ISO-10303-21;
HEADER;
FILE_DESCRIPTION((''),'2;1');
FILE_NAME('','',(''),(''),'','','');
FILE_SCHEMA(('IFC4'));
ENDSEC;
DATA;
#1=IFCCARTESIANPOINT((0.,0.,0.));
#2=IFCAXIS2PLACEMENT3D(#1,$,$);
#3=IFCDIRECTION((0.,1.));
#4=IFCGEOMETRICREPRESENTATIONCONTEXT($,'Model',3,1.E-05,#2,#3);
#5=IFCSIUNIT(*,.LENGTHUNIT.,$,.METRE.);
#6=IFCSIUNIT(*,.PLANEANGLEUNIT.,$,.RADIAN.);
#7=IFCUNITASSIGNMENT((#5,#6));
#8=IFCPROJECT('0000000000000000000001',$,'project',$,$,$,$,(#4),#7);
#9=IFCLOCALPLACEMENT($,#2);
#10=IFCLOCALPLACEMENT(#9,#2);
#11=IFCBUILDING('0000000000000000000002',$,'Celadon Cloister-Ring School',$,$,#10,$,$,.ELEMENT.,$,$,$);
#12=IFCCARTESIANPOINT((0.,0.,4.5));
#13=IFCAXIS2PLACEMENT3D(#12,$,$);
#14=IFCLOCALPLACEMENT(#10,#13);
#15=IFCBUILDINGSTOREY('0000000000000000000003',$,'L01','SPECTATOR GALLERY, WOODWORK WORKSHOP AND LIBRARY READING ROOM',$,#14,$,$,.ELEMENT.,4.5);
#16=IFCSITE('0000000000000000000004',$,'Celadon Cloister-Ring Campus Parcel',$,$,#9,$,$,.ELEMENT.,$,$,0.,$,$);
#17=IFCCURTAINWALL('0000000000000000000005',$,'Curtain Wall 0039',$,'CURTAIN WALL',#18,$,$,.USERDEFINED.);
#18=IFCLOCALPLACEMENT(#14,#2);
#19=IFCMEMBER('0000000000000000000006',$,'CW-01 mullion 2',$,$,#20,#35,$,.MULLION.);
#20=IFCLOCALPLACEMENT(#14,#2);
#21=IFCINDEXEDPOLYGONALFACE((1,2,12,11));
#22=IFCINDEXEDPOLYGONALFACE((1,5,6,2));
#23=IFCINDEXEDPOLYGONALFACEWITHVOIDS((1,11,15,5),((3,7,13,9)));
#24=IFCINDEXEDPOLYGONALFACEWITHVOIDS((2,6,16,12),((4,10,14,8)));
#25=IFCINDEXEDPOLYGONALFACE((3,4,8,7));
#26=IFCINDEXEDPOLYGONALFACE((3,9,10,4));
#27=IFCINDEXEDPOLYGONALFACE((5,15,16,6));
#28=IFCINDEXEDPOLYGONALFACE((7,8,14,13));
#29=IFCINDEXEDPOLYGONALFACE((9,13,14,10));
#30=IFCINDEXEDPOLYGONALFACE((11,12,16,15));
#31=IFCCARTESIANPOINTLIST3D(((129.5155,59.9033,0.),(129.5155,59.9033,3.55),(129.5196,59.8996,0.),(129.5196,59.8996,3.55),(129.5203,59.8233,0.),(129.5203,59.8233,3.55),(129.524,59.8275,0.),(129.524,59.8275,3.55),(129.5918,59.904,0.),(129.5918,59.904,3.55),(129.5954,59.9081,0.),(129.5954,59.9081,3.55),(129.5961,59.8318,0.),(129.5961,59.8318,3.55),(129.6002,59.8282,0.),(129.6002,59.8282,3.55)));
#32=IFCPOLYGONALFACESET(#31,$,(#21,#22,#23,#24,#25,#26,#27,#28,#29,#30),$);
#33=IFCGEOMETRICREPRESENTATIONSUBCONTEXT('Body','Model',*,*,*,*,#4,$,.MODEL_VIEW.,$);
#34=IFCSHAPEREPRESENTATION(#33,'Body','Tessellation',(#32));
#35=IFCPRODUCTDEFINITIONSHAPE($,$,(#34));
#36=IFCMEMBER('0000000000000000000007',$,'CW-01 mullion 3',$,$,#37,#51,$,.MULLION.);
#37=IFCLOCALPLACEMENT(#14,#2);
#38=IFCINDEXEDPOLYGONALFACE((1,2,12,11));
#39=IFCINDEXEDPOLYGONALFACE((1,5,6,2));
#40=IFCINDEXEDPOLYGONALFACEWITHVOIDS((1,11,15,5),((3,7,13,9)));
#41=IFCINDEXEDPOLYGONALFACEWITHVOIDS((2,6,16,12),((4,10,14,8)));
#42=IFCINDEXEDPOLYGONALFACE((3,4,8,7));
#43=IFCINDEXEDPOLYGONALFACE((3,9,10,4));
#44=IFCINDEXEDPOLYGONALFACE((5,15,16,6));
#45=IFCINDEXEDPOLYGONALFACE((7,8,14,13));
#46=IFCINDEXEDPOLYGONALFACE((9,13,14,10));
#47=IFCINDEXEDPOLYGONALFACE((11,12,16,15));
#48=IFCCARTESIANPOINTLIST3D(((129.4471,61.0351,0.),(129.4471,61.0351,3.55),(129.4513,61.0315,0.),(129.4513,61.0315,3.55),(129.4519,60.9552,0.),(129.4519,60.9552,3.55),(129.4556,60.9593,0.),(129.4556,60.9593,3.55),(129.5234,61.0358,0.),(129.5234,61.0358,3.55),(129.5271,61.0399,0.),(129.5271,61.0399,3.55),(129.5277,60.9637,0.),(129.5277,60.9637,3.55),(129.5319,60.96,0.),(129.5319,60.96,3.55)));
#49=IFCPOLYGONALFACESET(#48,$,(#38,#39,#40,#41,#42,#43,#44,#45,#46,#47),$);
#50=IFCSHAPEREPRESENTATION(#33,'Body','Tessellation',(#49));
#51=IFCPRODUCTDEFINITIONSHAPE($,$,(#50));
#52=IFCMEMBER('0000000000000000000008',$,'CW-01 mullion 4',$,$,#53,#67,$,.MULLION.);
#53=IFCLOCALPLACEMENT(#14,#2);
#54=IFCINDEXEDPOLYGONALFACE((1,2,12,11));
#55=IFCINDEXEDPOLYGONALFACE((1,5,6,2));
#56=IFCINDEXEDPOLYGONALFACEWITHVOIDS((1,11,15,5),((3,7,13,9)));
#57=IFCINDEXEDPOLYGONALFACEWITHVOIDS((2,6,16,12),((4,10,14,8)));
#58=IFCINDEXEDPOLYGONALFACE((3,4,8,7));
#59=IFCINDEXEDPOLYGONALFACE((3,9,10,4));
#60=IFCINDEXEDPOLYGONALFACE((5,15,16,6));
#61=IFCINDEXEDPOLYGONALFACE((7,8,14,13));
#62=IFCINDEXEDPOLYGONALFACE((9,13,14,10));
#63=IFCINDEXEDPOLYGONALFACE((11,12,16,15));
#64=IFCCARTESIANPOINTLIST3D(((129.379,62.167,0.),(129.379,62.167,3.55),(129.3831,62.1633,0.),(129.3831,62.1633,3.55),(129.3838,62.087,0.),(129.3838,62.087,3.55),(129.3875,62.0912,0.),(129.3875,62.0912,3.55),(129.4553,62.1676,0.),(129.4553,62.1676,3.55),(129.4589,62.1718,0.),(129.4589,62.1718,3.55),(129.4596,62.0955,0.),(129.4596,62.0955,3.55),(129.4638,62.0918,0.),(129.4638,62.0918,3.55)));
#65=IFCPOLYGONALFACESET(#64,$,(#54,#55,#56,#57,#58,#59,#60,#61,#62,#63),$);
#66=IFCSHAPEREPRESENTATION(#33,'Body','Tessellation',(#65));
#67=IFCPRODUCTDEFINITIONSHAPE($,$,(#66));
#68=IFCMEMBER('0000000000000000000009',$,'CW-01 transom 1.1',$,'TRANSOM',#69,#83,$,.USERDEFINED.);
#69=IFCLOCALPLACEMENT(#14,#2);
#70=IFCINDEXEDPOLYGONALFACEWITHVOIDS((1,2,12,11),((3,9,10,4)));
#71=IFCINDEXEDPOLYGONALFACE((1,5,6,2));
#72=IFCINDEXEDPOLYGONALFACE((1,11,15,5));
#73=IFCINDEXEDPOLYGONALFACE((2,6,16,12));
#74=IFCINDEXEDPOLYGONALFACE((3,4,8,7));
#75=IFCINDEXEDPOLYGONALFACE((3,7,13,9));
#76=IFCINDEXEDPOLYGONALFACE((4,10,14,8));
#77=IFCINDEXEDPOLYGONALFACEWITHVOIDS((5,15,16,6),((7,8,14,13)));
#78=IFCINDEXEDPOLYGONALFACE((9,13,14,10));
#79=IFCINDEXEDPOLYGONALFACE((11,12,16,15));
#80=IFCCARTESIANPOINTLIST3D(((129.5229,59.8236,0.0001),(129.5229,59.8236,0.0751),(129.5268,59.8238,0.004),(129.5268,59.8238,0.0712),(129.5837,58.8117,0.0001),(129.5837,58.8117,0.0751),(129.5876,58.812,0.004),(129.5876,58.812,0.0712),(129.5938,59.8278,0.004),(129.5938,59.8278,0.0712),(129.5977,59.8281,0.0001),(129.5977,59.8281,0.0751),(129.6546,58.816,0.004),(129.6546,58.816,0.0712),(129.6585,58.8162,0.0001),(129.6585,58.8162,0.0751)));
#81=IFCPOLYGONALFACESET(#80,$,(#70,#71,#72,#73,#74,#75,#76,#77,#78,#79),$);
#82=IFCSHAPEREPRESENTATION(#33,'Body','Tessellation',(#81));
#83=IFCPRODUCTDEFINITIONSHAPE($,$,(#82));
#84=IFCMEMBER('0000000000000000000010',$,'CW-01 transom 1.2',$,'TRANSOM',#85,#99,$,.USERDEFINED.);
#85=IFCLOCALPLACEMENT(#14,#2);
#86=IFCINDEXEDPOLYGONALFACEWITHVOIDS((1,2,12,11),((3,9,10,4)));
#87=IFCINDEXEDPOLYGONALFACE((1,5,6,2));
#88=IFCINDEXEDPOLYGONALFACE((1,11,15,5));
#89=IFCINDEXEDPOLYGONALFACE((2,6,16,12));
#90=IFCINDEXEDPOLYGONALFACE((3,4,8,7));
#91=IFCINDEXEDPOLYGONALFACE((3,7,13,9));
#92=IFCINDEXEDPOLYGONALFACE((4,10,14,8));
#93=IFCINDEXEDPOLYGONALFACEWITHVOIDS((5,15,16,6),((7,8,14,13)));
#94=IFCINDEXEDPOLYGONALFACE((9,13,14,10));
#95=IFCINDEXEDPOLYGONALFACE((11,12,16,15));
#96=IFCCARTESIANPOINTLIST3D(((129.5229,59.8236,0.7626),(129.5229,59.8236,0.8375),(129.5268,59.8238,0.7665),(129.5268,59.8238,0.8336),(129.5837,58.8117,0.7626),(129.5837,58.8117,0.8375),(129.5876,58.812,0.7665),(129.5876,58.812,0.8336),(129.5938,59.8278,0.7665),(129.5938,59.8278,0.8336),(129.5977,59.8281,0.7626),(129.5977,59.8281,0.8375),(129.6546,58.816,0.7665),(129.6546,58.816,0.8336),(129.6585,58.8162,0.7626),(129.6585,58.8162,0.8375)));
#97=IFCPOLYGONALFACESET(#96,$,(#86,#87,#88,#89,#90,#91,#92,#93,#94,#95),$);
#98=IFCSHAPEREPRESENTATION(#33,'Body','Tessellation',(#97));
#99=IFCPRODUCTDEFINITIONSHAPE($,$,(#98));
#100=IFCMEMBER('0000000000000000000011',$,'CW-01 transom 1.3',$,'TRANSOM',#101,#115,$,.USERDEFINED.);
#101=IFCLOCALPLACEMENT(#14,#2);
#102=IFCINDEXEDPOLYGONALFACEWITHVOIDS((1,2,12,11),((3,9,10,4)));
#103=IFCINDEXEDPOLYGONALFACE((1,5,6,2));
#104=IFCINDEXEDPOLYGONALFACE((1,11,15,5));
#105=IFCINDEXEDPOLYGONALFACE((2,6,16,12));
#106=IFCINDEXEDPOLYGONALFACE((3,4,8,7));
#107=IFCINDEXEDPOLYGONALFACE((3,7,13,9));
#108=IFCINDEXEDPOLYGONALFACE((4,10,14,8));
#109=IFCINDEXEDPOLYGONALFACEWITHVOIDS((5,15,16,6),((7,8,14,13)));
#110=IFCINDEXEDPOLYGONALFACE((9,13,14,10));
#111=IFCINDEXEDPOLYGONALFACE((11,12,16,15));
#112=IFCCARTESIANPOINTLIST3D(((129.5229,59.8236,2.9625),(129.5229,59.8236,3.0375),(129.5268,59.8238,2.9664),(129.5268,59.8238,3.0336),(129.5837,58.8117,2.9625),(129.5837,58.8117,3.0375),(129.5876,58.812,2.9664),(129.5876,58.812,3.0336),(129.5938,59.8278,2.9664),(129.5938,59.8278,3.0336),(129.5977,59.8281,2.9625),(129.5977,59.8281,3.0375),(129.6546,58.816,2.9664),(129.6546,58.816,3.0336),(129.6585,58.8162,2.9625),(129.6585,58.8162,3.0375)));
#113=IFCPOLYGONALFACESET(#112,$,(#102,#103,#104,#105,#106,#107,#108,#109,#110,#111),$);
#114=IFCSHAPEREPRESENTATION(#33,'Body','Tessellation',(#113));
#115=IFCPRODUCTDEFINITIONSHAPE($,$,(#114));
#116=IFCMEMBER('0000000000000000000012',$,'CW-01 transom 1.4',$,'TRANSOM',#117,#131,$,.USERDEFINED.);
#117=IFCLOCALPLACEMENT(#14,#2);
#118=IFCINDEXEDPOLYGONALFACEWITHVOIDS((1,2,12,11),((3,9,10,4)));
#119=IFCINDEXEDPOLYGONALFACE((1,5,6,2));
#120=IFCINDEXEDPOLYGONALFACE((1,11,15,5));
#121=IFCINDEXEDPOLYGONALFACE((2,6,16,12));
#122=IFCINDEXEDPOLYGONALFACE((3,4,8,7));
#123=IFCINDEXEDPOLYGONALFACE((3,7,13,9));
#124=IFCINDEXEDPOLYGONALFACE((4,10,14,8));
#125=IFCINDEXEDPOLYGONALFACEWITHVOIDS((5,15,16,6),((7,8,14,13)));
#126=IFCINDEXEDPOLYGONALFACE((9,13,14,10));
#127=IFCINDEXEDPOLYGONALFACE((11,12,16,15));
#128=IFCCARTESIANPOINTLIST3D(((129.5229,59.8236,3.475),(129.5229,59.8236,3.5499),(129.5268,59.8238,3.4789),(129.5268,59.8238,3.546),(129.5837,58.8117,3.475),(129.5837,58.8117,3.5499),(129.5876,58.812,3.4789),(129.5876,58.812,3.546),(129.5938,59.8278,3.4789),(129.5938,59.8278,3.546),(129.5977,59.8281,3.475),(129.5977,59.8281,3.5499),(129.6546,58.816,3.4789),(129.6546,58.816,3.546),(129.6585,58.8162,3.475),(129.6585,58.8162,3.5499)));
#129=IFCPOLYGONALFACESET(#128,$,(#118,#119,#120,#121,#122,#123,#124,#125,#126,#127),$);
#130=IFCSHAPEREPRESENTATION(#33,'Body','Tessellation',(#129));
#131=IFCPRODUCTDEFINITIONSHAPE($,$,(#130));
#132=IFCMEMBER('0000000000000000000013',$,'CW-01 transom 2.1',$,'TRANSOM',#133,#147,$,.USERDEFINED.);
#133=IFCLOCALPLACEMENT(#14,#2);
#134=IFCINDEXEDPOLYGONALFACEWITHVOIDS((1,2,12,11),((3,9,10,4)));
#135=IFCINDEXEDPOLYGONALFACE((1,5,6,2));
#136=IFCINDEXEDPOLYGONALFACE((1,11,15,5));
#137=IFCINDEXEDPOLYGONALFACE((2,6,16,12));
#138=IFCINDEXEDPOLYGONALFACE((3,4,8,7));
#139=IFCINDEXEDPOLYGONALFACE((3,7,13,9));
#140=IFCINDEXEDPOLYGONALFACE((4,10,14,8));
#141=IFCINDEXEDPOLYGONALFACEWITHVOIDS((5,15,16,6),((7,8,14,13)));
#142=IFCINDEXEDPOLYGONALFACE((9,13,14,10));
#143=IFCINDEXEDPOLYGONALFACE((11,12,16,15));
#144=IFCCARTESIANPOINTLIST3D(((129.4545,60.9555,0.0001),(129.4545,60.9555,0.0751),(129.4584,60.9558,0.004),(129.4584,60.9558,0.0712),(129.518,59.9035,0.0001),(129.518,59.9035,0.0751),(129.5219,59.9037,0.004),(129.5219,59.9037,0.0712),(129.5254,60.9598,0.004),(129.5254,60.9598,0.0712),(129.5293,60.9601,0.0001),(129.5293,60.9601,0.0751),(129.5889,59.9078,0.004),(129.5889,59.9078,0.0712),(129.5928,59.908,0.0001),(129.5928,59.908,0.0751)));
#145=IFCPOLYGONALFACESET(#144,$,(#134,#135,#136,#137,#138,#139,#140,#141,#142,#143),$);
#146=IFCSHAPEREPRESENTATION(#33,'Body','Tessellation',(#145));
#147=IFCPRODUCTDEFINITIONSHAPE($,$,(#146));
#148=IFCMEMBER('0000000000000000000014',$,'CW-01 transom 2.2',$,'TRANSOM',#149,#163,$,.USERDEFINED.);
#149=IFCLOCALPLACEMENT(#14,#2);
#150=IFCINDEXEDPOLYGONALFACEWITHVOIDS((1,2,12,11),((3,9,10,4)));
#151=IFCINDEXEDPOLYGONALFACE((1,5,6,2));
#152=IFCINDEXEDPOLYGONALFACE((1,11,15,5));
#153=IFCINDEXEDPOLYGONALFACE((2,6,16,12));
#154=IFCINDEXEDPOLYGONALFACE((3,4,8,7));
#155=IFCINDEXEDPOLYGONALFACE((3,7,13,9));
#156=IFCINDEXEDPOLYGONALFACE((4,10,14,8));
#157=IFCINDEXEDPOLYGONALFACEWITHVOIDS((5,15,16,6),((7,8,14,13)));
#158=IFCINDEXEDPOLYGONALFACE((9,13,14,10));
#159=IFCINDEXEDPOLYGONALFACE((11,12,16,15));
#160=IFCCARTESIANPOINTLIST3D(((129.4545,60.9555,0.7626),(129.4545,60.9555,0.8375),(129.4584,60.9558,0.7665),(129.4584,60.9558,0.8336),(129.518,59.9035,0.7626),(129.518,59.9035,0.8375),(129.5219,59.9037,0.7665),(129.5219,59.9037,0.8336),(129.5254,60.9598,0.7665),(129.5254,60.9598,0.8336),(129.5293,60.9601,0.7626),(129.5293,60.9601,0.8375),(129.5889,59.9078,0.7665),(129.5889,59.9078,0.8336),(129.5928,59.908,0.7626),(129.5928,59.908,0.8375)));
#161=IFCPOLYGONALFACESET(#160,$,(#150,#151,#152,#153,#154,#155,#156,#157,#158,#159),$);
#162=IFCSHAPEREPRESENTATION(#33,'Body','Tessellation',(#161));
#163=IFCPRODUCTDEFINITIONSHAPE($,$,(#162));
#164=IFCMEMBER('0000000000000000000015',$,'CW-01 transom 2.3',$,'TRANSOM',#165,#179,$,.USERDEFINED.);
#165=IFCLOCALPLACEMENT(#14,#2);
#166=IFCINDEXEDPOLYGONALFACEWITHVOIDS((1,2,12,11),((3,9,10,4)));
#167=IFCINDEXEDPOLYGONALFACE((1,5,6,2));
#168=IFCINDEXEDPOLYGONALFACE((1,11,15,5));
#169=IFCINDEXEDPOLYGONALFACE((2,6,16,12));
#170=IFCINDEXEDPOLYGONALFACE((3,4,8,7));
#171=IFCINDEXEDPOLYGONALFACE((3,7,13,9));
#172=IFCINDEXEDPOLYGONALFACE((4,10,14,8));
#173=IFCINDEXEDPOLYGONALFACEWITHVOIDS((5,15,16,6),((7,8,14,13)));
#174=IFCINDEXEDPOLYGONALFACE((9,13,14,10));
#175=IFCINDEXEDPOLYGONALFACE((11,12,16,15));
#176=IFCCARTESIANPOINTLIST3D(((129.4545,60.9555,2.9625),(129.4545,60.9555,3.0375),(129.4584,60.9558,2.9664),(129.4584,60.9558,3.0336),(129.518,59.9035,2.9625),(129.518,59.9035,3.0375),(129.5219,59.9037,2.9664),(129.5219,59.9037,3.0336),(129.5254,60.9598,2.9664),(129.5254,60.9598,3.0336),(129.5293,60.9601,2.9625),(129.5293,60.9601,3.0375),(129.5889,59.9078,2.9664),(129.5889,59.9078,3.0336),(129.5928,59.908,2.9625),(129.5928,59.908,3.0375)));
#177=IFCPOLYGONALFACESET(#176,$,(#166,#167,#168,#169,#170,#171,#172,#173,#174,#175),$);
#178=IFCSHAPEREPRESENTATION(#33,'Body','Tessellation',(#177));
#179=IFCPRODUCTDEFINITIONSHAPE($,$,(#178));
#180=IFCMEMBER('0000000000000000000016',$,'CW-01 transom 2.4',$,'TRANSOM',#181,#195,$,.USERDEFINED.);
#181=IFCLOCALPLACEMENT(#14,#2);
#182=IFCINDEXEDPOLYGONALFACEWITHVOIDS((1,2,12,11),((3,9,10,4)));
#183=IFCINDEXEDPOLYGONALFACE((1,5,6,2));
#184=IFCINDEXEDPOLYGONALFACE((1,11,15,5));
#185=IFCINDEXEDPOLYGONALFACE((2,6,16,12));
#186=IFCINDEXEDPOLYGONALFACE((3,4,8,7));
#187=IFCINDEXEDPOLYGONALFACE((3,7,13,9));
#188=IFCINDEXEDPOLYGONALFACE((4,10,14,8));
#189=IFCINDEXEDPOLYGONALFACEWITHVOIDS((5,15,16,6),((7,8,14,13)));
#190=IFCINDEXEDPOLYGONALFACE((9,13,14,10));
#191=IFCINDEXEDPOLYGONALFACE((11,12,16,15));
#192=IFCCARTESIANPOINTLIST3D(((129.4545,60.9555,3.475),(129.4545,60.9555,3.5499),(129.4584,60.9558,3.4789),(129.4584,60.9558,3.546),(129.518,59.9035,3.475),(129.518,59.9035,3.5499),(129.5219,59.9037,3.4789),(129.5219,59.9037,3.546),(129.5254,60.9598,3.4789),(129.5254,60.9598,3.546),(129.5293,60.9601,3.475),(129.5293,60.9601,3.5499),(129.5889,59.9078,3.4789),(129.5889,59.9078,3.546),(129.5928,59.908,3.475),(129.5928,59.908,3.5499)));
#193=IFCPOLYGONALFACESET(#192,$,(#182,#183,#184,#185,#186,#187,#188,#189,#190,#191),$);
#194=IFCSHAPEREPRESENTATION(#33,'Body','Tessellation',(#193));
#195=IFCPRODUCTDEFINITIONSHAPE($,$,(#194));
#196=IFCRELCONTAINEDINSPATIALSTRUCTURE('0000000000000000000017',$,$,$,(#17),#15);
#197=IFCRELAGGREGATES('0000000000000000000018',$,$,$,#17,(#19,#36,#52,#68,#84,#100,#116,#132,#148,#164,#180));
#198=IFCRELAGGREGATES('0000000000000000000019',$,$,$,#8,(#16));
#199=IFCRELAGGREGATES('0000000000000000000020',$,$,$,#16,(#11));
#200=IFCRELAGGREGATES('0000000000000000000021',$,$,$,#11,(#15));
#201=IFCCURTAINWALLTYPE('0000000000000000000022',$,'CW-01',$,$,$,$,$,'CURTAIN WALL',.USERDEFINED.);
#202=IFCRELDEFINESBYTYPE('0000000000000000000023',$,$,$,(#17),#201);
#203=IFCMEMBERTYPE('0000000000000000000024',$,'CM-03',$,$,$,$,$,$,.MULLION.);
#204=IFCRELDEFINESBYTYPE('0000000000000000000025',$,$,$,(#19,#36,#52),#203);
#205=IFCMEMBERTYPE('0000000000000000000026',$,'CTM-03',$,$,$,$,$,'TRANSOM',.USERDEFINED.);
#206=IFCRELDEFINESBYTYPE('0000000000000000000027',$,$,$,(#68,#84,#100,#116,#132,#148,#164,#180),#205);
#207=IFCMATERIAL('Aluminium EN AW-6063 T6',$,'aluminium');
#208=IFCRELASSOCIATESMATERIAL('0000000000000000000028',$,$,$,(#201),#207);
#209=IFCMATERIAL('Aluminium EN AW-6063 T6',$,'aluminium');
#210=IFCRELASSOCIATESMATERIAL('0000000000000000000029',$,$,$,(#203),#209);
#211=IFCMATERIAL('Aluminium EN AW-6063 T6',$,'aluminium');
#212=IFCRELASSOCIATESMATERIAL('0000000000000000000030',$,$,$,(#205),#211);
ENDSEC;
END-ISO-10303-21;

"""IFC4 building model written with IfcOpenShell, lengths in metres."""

from ifc_helpers import new_model, si_unit, direction, frame, origin, origin_2d, place, context, subcontext, project, spatial, hollow_rectangle, extrude, material, material_profile, profile_set, type_object, element, aggregate, save


model = new_model("IFC4")

# Units and contexts
model_context = context("Model", 3, precision=1e-05, world=origin(), true_north=direction((0.0, 1.0)))
body_context = subcontext(model_context, "Body", "Model", "MODEL_VIEW")
ifc_project = project(units=[si_unit("LENGTHUNIT", "METRE"), si_unit("PLANEANGLEUNIT", "RADIAN")], contexts=[model_context])

# Site, building, storey
site_placement = place(None, origin())
site = spatial("IfcSite", under=ifc_project, at=site_placement, Name="Celadon Cloister-Ring Campus Parcel", CompositionType="ELEMENT", RefElevation=0.0)
building_placement = place(site_placement, origin())
building = spatial("IfcBuilding", under=site, at=building_placement, Name="Celadon Cloister-Ring School", CompositionType="ELEMENT")
storey_placement = place(building_placement, frame((0.0, 0.0, 4.5)))
storey = spatial("IfcBuildingStorey", under=building, at=storey_placement, Name="L01", Description="SPECTATOR GALLERY, WOODWORK WORKSHOP AND LIBRARY READING ROOM", CompositionType="ELEMENT", Elevation=4.5)

# Curtain wall, members
ifc_material_1 = material(Name="Aluminium EN AW-6063 T6", Category="aluminium")
curtain_wall_type = type_object("IfcCurtainWallType", Name="CW-01", ElementType="CURTAIN WALL", PredefinedType="USERDEFINED", material=ifc_material_1)
curtain_wall_placement = place(storey_placement, origin())
curtain_wall = element("IfcCurtainWall", 1, at=curtain_wall_placement, inside=storey, type_object=curtain_wall_type, Name="Curtain Wall 0039", ObjectType="CURTAIN WALL", PredefinedType="USERDEFINED")
ifc_material_2 = material(Name="Aluminium EN AW-6063 T6", Category="aluminium")
ifc_material_profile_1 = material_profile(ifc_material_2, hollow_rectangle(XDim=0.0801, YDim=0.0801, WallThickness=0.0039, at=origin_2d()), Name="RHS80X80X4")
ifc_profile_set_1 = profile_set([ifc_material_profile_1], Name="Aluminium EN AW-6063 T6")
member_type_1 = type_object("IfcMemberType", Name="CM-03", PredefinedType="MULLION", material=ifc_profile_set_1)
member_1_placement = place(storey_placement, frame((129.5579, 59.8657, 0.0), z_axis=(0.0, 0.0, 1.0), x_axis=(-0.998189, -0.060149, 0.0)))
member_1 = element("IfcMember", 2, at=member_1_placement, type_object=member_type_1, Name="CW-01 mullion 2", PredefinedType="MULLION", context=body_context, shape_type="SweptSolid", body=[
    extrude(hollow_rectangle(XDim=0.0801, YDim=0.0801, WallThickness=0.0039, at=origin_2d()), origin(), (0.0, 0.0, 1.0), 3.55),
])
member_2_placement = place(storey_placement, frame((129.4895, 60.9976, 0.0), z_axis=(0.0, 0.0, 1.0), x_axis=(-0.998189, -0.060149, 0.0)))
member_2 = element("IfcMember", 3, at=member_2_placement, type_object=member_type_1, Name="CW-01 mullion 3", PredefinedType="MULLION", context=body_context, shape_type="SweptSolid", body=[
    extrude(hollow_rectangle(XDim=0.0801, YDim=0.0801, WallThickness=0.0039, at=origin_2d()), origin(), (0.0, 0.0, 1.0), 3.55),
])
member_3_placement = place(storey_placement, frame((129.4214, 62.1294, 0.0), z_axis=(0.0, 0.0, 1.0), x_axis=(-0.998189, -0.060149, 0.0)))
member_3 = element("IfcMember", 4, at=member_3_placement, type_object=member_type_1, Name="CW-01 mullion 4", PredefinedType="MULLION", context=body_context, shape_type="SweptSolid", body=[
    extrude(hollow_rectangle(XDim=0.0801, YDim=0.0801, WallThickness=0.0039, at=origin_2d()), origin(), (0.0, 0.0, 1.0), 3.55),
])
ifc_material_3 = material(Name="Aluminium EN AW-6063 T6", Category="aluminium")
ifc_material_profile_2 = material_profile(ifc_material_3, hollow_rectangle(XDim=0.075, YDim=0.075, WallThickness=0.0039, at=origin_2d()), Name="RHS75X75X4")
ifc_profile_set_2 = profile_set([ifc_material_profile_2], Name="Aluminium EN AW-6063 T6")
member_type_2 = type_object("IfcMemberType", Name="CTM-03", ElementType="TRANSOM", PredefinedType="USERDEFINED", material=ifc_profile_set_2)
member_4_placement = place(storey_placement, frame((129.6211, 58.814, 0.0376), z_axis=(-0.059964, 0.998201, 0.0), x_axis=(-0.998201, -0.059964, 0.0)))
member_4 = element("IfcMember", 5, at=member_4_placement, type_object=member_type_2, Name="CW-01 transom 1.1", ObjectType="TRANSOM", PredefinedType="USERDEFINED", context=body_context, shape_type="SweptSolid", body=[
    extrude(hollow_rectangle(XDim=0.075, YDim=0.075, WallThickness=0.0039, at=origin_2d()), origin(), (0.0, 0.0, 1.0), 1.0137),
])
member_5_placement = place(storey_placement, frame((129.6211, 58.814, 0.8), z_axis=(-0.059964, 0.998201, 0.0), x_axis=(-0.998201, -0.059964, 0.0)))
member_5 = element("IfcMember", 6, at=member_5_placement, type_object=member_type_2, Name="CW-01 transom 1.2", ObjectType="TRANSOM", PredefinedType="USERDEFINED", context=body_context, shape_type="SweptSolid", body=[
    extrude(hollow_rectangle(XDim=0.075, YDim=0.075, WallThickness=0.0039, at=origin_2d()), origin(), (0.0, 0.0, 1.0), 1.0137),
])
member_6_placement = place(storey_placement, frame((129.6211, 58.814, 3.0), z_axis=(-0.059964, 0.998201, 0.0), x_axis=(-0.998201, -0.059964, 0.0)))
member_6 = element("IfcMember", 7, at=member_6_placement, type_object=member_type_2, Name="CW-01 transom 1.3", ObjectType="TRANSOM", PredefinedType="USERDEFINED", context=body_context, shape_type="SweptSolid", body=[
    extrude(hollow_rectangle(XDim=0.075, YDim=0.075, WallThickness=0.0039, at=origin_2d()), origin(), (0.0, 0.0, 1.0), 1.0137),
])
member_7_placement = place(storey_placement, frame((129.6211, 58.814, 3.5125), z_axis=(-0.059964, 0.998201, 0.0), x_axis=(-0.998201, -0.059964, 0.0)))
member_7 = element("IfcMember", 8, at=member_7_placement, type_object=member_type_2, Name="CW-01 transom 1.4", ObjectType="TRANSOM", PredefinedType="USERDEFINED", context=body_context, shape_type="SweptSolid", body=[
    extrude(hollow_rectangle(XDim=0.075, YDim=0.075, WallThickness=0.0039, at=origin_2d()), origin(), (0.0, 0.0, 1.0), 1.0137),
])
member_8_placement = place(storey_placement, frame((129.5554, 59.9058, 0.0376), z_axis=(-0.060229, 0.998185, 0.0), x_axis=(-0.998185, -0.060229, 0.0)))
member_8 = element("IfcMember", 9, at=member_8_placement, type_object=member_type_2, Name="CW-01 transom 2.1", ObjectType="TRANSOM", PredefinedType="USERDEFINED", context=body_context, shape_type="SweptSolid", body=[
    extrude(hollow_rectangle(XDim=0.075, YDim=0.075, WallThickness=0.0039, at=origin_2d()), origin(), (0.0, 0.0, 1.0), 1.054),
])
member_9_placement = place(storey_placement, frame((129.5554, 59.9058, 0.8), z_axis=(-0.060229, 0.998185, 0.0), x_axis=(-0.998185, -0.060229, 0.0)))
member_9 = element("IfcMember", 10, at=member_9_placement, type_object=member_type_2, Name="CW-01 transom 2.2", ObjectType="TRANSOM", PredefinedType="USERDEFINED", context=body_context, shape_type="SweptSolid", body=[
    extrude(hollow_rectangle(XDim=0.075, YDim=0.075, WallThickness=0.0039, at=origin_2d()), origin(), (0.0, 0.0, 1.0), 1.054),
])
member_10_placement = place(storey_placement, frame((129.5554, 59.9058, 3.0), z_axis=(-0.060229, 0.998185, 0.0), x_axis=(-0.998185, -0.060229, 0.0)))
member_10 = element("IfcMember", 11, at=member_10_placement, type_object=member_type_2, Name="CW-01 transom 2.3", ObjectType="TRANSOM", PredefinedType="USERDEFINED", context=body_context, shape_type="SweptSolid", body=[
    extrude(hollow_rectangle(XDim=0.075, YDim=0.075, WallThickness=0.0039, at=origin_2d()), origin(), (0.0, 0.0, 1.0), 1.054),
])
member_11_placement = place(storey_placement, frame((129.5554, 59.9058, 3.5125), z_axis=(-0.060229, 0.998185, 0.0), x_axis=(-0.998185, -0.060229, 0.0)))
member_11 = element("IfcMember", 12, at=member_11_placement, type_object=member_type_2, Name="CW-01 transom 2.4", ObjectType="TRANSOM", PredefinedType="USERDEFINED", context=body_context, shape_type="SweptSolid", body=[
    extrude(hollow_rectangle(XDim=0.075, YDim=0.075, WallThickness=0.0039, at=origin_2d()), origin(), (0.0, 0.0, 1.0), 1.054),
])
aggregate(curtain_wall, [member_1, member_2, member_3, member_4, member_5, member_6, member_7, member_8, member_9, member_10, member_11])

save(model, "model.ifc")
